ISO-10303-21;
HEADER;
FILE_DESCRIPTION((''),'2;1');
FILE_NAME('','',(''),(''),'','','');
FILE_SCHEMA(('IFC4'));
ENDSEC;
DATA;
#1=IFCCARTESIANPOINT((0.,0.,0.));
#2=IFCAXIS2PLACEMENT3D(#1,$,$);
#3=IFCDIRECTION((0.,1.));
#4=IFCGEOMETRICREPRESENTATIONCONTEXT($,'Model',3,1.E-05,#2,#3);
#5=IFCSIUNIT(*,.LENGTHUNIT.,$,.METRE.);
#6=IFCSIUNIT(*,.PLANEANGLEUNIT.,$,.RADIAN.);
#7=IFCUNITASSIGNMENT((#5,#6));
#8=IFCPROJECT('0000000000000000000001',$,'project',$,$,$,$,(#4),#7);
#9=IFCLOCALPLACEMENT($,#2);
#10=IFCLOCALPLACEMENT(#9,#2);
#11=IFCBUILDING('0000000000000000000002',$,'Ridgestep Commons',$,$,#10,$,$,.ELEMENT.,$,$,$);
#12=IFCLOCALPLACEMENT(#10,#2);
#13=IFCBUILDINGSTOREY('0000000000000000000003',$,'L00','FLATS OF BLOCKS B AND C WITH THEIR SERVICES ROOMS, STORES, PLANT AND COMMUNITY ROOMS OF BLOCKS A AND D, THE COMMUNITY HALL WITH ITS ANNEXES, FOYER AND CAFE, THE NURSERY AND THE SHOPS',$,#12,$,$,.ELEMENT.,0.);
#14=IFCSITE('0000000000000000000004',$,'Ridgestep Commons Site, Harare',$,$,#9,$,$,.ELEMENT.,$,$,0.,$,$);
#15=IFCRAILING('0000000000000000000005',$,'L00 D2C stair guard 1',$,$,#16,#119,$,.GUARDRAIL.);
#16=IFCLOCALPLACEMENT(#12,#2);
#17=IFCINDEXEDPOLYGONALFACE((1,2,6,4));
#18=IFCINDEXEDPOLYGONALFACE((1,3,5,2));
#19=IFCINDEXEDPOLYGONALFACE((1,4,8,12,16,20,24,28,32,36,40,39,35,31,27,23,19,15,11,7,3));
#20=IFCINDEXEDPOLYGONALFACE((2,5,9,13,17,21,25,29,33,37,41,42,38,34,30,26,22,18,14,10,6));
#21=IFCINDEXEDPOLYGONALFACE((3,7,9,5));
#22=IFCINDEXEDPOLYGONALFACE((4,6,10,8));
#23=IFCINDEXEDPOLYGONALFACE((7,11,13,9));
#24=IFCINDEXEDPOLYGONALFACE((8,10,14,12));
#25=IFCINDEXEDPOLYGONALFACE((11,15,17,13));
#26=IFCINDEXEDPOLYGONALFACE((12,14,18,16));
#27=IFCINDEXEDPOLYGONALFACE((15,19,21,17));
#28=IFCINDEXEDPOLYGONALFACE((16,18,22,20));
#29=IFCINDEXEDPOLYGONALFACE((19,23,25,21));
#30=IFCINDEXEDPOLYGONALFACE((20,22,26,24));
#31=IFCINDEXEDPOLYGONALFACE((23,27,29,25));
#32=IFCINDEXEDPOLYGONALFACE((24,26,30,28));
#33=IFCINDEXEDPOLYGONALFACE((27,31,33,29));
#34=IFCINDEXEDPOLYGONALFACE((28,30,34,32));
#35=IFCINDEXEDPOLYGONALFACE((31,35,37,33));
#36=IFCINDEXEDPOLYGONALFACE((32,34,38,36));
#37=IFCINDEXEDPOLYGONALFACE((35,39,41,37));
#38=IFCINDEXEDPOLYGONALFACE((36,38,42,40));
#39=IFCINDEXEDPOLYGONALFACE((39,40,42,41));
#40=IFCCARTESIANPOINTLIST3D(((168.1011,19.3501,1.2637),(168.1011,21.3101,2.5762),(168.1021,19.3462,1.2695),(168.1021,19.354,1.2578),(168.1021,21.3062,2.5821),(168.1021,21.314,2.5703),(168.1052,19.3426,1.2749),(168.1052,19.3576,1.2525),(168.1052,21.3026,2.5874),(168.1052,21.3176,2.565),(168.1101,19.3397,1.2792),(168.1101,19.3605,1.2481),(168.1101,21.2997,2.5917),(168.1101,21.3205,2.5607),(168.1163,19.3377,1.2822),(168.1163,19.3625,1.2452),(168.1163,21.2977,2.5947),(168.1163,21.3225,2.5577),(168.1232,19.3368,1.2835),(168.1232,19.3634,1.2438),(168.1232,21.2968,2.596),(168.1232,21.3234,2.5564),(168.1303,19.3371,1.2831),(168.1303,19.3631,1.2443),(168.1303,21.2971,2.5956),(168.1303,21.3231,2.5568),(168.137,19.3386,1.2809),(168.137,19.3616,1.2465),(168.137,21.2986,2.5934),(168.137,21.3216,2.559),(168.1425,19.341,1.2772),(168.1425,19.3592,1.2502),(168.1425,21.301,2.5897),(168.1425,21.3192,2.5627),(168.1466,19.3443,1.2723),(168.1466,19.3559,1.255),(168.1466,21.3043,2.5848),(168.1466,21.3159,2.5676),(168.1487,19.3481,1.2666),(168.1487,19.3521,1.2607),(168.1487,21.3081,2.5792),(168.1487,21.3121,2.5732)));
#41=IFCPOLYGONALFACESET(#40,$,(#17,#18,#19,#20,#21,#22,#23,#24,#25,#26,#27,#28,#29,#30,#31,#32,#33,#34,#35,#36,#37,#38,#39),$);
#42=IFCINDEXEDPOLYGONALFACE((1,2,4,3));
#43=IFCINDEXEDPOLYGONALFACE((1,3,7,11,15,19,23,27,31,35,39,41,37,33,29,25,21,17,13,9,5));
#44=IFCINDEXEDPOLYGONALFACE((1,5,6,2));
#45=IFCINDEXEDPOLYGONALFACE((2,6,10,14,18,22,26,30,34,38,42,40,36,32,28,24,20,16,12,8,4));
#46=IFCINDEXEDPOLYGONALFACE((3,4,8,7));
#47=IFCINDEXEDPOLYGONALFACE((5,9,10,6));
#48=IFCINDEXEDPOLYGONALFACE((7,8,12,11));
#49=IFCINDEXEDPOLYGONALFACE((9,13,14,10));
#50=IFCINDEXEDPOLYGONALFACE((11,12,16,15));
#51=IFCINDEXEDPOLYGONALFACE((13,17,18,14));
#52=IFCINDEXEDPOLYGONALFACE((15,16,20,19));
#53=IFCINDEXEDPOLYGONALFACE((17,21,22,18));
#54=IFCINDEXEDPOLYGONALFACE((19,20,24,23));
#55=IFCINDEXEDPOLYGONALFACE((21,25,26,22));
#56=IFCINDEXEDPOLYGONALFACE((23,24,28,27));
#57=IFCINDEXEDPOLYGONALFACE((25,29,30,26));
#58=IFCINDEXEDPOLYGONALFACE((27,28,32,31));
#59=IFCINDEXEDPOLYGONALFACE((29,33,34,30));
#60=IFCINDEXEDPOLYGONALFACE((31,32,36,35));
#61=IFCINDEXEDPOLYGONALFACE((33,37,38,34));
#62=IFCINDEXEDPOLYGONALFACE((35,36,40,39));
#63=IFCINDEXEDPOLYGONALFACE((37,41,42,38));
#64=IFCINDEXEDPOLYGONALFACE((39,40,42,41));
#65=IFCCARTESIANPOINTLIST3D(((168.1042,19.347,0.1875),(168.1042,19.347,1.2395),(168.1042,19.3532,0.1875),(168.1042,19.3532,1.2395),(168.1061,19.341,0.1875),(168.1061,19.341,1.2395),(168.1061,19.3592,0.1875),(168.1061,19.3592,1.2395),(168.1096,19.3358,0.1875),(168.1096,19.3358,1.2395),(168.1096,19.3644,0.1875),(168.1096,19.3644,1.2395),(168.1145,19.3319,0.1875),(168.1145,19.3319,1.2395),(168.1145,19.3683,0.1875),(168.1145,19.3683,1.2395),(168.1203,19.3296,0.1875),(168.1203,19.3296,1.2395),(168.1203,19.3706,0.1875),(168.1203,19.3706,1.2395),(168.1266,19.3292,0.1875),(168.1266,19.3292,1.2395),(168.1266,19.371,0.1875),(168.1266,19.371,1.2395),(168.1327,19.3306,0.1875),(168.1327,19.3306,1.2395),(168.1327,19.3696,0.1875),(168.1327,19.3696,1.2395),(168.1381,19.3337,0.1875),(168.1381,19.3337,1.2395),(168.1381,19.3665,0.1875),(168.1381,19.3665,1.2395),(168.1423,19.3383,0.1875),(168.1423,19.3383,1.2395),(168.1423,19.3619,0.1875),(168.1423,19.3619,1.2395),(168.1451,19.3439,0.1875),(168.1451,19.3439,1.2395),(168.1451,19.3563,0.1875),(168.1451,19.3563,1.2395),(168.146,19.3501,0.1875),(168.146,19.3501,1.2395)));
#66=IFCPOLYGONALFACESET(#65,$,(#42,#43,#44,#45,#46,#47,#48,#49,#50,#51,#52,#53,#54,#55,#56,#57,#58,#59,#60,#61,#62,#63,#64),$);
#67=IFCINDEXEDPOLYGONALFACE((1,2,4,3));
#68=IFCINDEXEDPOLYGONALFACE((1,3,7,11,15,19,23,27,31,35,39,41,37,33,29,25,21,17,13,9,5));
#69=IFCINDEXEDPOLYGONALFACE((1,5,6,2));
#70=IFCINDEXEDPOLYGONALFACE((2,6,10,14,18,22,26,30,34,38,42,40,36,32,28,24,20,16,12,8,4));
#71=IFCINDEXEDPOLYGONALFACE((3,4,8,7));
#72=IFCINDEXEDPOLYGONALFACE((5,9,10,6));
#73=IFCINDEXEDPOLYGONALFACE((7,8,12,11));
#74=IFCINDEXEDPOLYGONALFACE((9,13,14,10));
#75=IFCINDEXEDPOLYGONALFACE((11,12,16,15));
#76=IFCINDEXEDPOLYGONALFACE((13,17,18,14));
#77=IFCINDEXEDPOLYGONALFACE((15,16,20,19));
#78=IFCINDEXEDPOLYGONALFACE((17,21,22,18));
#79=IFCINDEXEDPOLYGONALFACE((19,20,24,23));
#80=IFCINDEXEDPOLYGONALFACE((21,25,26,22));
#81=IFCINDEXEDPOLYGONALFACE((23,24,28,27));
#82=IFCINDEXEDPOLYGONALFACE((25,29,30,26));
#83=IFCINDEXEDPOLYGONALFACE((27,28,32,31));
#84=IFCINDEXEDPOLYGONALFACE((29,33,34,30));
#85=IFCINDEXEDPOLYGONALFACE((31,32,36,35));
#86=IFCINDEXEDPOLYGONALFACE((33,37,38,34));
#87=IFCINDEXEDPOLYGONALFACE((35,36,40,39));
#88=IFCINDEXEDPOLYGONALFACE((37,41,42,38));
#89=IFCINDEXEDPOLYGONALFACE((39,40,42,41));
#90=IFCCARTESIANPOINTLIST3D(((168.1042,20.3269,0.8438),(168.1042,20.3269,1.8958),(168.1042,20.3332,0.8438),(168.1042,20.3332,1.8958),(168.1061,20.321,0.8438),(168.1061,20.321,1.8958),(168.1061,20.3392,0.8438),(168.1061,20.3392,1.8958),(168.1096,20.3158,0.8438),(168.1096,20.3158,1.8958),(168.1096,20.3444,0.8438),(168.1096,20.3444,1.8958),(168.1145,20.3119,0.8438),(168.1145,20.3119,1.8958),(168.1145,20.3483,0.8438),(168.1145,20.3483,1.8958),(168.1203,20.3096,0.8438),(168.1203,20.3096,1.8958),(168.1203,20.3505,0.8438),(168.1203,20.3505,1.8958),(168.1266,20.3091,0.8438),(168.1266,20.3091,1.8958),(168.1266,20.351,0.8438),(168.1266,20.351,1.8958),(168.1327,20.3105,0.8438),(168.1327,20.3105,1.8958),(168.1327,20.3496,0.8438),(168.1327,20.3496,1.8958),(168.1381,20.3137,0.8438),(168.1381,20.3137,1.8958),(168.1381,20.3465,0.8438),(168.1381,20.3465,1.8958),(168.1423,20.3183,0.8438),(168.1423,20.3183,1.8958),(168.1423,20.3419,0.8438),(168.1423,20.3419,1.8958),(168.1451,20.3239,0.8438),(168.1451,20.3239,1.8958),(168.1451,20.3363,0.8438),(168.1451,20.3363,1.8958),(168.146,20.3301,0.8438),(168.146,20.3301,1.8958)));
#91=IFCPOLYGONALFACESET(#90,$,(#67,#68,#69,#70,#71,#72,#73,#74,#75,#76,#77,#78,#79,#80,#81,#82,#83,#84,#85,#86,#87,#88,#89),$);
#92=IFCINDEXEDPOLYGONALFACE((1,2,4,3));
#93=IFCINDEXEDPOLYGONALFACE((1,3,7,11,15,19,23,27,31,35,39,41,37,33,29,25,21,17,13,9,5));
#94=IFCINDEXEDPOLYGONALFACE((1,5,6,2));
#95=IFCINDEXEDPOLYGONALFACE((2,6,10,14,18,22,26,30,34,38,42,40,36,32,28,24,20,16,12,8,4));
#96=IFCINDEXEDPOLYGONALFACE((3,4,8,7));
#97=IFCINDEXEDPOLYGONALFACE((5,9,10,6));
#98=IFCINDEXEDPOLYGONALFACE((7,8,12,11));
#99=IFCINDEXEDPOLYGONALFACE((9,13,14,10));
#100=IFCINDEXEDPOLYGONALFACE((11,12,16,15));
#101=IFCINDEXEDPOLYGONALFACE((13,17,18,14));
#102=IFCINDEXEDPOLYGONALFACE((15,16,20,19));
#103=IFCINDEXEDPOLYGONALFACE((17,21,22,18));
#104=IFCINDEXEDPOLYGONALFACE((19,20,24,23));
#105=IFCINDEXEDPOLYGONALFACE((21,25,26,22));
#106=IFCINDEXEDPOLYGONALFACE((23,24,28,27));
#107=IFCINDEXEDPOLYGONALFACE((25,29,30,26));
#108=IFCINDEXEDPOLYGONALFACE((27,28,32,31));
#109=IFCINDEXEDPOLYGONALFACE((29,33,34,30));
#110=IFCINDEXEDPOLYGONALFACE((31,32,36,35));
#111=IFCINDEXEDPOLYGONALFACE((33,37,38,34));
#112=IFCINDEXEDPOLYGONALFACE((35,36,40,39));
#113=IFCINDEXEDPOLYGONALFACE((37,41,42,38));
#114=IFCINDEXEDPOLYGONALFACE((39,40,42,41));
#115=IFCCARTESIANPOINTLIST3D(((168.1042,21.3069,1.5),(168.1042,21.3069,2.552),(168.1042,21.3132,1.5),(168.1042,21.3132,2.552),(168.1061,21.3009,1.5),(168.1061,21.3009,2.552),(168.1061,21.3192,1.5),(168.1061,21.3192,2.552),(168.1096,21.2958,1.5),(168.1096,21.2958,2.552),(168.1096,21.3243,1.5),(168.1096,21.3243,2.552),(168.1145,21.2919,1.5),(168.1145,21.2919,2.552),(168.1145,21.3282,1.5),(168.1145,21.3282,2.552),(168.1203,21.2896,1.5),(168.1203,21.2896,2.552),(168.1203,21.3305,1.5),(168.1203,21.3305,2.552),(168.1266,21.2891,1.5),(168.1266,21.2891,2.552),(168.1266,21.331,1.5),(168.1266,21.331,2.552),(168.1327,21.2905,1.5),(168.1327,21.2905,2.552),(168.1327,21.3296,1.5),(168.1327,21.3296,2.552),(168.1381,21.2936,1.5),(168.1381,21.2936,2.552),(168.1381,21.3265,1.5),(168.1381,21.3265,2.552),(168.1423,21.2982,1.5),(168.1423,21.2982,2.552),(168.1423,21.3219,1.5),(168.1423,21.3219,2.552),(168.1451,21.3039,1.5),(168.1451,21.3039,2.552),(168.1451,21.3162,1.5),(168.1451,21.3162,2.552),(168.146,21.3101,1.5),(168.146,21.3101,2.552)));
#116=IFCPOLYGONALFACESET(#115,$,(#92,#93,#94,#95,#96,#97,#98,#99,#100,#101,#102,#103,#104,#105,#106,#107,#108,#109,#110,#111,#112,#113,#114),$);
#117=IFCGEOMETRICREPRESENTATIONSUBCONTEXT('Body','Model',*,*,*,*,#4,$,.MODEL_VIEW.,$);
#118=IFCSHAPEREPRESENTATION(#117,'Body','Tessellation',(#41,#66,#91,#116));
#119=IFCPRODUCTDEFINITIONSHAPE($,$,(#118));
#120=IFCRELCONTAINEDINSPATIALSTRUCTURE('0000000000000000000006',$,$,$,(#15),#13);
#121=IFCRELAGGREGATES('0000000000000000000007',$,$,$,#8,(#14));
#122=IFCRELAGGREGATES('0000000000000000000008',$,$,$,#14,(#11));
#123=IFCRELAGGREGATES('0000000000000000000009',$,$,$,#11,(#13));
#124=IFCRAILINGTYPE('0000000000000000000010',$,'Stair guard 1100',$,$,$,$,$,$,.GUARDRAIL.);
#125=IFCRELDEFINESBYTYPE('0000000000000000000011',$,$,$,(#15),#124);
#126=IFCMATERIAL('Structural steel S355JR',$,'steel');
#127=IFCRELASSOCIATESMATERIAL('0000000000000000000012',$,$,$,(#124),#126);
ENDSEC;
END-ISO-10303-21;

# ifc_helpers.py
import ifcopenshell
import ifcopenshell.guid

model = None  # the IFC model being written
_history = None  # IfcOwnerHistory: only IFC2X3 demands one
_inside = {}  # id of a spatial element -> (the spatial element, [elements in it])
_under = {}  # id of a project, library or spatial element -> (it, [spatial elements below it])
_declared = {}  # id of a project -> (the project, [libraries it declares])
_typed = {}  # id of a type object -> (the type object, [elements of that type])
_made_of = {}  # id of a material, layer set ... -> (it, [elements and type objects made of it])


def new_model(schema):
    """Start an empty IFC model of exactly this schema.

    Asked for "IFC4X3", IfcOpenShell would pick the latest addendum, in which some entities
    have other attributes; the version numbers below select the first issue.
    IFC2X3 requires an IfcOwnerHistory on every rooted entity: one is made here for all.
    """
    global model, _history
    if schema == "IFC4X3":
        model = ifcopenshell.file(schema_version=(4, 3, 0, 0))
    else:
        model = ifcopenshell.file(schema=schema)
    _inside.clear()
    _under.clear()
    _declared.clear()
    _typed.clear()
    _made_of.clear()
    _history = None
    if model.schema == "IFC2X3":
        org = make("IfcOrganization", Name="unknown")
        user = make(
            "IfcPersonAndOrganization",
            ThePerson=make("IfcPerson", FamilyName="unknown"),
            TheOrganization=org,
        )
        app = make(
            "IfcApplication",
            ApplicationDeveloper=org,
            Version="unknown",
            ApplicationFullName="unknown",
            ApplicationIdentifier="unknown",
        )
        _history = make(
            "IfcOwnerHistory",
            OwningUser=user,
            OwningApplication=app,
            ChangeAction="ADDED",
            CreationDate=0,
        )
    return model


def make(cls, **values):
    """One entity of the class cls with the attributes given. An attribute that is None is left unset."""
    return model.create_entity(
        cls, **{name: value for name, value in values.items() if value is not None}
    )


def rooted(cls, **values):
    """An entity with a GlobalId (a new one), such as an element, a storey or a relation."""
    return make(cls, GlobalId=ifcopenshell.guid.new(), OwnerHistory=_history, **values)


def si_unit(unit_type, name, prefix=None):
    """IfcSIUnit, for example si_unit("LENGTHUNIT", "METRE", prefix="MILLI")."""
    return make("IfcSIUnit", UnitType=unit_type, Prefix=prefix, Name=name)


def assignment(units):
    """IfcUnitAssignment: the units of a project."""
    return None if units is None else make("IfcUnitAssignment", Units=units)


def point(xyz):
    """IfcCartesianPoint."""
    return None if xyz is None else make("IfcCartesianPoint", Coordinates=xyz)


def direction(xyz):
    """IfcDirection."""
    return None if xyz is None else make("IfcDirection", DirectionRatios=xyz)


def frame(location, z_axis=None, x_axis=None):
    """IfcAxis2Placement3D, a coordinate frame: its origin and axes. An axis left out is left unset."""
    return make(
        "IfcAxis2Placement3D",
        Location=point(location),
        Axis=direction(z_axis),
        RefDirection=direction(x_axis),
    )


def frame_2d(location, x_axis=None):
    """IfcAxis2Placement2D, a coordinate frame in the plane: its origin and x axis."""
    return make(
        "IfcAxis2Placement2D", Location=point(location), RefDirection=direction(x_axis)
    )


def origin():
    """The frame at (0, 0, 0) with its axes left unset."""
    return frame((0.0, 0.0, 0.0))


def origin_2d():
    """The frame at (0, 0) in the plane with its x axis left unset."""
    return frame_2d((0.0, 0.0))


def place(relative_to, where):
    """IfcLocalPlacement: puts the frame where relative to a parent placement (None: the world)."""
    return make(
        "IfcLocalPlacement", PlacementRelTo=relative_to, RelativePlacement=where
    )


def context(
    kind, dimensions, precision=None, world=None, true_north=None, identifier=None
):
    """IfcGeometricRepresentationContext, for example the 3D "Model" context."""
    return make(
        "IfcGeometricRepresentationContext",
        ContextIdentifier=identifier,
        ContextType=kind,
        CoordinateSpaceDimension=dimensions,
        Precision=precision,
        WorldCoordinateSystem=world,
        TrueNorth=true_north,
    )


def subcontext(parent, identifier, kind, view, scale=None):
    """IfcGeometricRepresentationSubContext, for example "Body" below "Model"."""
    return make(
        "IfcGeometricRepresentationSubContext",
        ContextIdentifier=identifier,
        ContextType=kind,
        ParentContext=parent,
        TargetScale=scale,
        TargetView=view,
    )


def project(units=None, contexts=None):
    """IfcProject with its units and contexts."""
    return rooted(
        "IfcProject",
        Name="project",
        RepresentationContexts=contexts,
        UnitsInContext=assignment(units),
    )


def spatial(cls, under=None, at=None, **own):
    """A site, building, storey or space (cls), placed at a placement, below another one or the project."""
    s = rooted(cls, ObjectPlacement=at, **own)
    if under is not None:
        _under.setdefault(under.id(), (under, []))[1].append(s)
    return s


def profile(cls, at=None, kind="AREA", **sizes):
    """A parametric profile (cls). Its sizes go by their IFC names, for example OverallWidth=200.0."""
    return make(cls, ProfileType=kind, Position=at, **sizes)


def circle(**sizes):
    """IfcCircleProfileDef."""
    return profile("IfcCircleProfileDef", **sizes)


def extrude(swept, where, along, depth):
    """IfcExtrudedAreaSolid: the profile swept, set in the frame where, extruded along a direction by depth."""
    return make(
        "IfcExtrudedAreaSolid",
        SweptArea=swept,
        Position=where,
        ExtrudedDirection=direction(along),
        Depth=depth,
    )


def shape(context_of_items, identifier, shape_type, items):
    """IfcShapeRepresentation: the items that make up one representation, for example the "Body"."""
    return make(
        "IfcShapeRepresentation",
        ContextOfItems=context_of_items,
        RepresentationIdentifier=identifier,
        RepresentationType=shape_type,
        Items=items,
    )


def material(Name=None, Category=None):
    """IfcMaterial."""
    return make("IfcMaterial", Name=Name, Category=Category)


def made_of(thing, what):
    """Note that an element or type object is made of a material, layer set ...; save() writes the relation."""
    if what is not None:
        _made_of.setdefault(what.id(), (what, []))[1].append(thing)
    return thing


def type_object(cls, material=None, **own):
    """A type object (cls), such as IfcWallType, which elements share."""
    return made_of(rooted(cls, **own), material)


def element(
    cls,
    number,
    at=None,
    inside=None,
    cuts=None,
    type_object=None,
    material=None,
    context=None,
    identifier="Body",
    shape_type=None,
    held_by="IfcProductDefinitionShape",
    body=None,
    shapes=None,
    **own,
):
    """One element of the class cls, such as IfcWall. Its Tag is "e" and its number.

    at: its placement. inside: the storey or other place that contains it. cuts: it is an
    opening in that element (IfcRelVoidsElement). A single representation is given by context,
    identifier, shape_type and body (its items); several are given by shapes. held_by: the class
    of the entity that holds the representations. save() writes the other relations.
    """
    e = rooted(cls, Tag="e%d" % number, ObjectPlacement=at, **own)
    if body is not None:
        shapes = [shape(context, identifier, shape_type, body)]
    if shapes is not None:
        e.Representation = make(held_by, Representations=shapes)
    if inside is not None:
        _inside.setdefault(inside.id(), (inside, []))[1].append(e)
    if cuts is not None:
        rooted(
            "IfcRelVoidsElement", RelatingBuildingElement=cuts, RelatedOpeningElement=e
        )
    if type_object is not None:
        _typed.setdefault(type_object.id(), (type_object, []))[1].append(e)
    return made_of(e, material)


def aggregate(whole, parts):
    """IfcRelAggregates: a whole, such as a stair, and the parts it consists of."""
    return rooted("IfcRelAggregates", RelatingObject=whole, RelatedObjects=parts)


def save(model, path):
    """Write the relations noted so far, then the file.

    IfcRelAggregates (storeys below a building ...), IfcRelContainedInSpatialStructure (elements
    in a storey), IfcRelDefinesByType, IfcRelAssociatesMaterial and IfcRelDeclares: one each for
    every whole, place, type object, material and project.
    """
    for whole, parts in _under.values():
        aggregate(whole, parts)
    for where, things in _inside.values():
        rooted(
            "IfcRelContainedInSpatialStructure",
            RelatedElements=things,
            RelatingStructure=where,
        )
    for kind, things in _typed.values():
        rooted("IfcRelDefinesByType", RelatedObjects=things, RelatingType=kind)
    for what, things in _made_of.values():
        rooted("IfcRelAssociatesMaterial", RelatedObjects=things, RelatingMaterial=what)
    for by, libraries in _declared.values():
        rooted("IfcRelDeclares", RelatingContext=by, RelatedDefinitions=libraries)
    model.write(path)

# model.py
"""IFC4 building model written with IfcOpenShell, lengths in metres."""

from ifc_helpers import new_model, si_unit, direction, frame, origin, origin_2d, place, context, subcontext, project, spatial, circle, extrude, material, type_object, element, save


model = new_model("IFC4")

# Units and contexts
model_context = context("Model", 3, precision=1e-05, world=origin(), true_north=direction((0.0, 1.0)))
body_context = subcontext(model_context, "Body", "Model", "MODEL_VIEW")
ifc_project = project(units=[si_unit("LENGTHUNIT", "METRE"), si_unit("PLANEANGLEUNIT", "RADIAN")], contexts=[model_context])

# Site, building, storey
site_placement = place(None, origin())
site = spatial("IfcSite", under=ifc_project, at=site_placement, Name="Ridgestep Commons Site, Harare", CompositionType="ELEMENT", RefElevation=0.0)
building_placement = place(site_placement, origin())
building = spatial("IfcBuilding", under=site, at=building_placement, Name="Ridgestep Commons", CompositionType="ELEMENT")
storey_placement = place(building_placement, origin())
storey = spatial("IfcBuildingStorey", under=building, at=storey_placement, Name="L00", Description="FLATS OF BLOCKS B AND C WITH THEIR SERVICES ROOMS, STORES, PLANT AND COMMUNITY ROOMS OF BLOCKS A AND D, THE COMMUNITY HALL WITH ITS ANNEXES, FOYER AND CAFE, THE NURSERY AND THE SHOPS", CompositionType="ELEMENT", Elevation=0.0)

# Railing
ifc_material_1 = material(Name="Structural steel S355JR", Category="steel")
railing_type_1 = type_object("IfcRailingType", Name="Stair guard 1100", PredefinedType="GUARDRAIL", material=ifc_material_1)
railing_1_placement = place(storey_placement, frame((168.125, 19.3501, 0.1875)))
element("IfcRailing", 1, at=railing_1_placement, inside=storey, type_object=railing_type_1, Name="L00 D2C stair guard 1", PredefinedType="GUARDRAIL", context=body_context, shape_type="SweptSolid", body=[
    extrude(circle(Radius=0.0239, at=origin_2d()), frame((0.0, 0.0, 1.0762), z_axis=(0.0, 0.830902, 0.556419), x_axis=(-1.0, 0.0, 0.0)), (0.0, 0.0, 1.0), 2.3589),
    extrude(circle(Radius=0.021, at=origin_2d()), origin(), (0.0, 0.0, 1.0), 1.052),
    extrude(circle(Radius=0.021, at=origin_2d()), frame((0.0, 0.98, 0.6562)), (0.0, 0.0, 1.0), 1.052),
    extrude(circle(Radius=0.021, at=origin_2d()), frame((0.0, 1.96, 1.3125)), (0.0, 0.0, 1.0), 1.052),
])

save(model, "model.ifc")
